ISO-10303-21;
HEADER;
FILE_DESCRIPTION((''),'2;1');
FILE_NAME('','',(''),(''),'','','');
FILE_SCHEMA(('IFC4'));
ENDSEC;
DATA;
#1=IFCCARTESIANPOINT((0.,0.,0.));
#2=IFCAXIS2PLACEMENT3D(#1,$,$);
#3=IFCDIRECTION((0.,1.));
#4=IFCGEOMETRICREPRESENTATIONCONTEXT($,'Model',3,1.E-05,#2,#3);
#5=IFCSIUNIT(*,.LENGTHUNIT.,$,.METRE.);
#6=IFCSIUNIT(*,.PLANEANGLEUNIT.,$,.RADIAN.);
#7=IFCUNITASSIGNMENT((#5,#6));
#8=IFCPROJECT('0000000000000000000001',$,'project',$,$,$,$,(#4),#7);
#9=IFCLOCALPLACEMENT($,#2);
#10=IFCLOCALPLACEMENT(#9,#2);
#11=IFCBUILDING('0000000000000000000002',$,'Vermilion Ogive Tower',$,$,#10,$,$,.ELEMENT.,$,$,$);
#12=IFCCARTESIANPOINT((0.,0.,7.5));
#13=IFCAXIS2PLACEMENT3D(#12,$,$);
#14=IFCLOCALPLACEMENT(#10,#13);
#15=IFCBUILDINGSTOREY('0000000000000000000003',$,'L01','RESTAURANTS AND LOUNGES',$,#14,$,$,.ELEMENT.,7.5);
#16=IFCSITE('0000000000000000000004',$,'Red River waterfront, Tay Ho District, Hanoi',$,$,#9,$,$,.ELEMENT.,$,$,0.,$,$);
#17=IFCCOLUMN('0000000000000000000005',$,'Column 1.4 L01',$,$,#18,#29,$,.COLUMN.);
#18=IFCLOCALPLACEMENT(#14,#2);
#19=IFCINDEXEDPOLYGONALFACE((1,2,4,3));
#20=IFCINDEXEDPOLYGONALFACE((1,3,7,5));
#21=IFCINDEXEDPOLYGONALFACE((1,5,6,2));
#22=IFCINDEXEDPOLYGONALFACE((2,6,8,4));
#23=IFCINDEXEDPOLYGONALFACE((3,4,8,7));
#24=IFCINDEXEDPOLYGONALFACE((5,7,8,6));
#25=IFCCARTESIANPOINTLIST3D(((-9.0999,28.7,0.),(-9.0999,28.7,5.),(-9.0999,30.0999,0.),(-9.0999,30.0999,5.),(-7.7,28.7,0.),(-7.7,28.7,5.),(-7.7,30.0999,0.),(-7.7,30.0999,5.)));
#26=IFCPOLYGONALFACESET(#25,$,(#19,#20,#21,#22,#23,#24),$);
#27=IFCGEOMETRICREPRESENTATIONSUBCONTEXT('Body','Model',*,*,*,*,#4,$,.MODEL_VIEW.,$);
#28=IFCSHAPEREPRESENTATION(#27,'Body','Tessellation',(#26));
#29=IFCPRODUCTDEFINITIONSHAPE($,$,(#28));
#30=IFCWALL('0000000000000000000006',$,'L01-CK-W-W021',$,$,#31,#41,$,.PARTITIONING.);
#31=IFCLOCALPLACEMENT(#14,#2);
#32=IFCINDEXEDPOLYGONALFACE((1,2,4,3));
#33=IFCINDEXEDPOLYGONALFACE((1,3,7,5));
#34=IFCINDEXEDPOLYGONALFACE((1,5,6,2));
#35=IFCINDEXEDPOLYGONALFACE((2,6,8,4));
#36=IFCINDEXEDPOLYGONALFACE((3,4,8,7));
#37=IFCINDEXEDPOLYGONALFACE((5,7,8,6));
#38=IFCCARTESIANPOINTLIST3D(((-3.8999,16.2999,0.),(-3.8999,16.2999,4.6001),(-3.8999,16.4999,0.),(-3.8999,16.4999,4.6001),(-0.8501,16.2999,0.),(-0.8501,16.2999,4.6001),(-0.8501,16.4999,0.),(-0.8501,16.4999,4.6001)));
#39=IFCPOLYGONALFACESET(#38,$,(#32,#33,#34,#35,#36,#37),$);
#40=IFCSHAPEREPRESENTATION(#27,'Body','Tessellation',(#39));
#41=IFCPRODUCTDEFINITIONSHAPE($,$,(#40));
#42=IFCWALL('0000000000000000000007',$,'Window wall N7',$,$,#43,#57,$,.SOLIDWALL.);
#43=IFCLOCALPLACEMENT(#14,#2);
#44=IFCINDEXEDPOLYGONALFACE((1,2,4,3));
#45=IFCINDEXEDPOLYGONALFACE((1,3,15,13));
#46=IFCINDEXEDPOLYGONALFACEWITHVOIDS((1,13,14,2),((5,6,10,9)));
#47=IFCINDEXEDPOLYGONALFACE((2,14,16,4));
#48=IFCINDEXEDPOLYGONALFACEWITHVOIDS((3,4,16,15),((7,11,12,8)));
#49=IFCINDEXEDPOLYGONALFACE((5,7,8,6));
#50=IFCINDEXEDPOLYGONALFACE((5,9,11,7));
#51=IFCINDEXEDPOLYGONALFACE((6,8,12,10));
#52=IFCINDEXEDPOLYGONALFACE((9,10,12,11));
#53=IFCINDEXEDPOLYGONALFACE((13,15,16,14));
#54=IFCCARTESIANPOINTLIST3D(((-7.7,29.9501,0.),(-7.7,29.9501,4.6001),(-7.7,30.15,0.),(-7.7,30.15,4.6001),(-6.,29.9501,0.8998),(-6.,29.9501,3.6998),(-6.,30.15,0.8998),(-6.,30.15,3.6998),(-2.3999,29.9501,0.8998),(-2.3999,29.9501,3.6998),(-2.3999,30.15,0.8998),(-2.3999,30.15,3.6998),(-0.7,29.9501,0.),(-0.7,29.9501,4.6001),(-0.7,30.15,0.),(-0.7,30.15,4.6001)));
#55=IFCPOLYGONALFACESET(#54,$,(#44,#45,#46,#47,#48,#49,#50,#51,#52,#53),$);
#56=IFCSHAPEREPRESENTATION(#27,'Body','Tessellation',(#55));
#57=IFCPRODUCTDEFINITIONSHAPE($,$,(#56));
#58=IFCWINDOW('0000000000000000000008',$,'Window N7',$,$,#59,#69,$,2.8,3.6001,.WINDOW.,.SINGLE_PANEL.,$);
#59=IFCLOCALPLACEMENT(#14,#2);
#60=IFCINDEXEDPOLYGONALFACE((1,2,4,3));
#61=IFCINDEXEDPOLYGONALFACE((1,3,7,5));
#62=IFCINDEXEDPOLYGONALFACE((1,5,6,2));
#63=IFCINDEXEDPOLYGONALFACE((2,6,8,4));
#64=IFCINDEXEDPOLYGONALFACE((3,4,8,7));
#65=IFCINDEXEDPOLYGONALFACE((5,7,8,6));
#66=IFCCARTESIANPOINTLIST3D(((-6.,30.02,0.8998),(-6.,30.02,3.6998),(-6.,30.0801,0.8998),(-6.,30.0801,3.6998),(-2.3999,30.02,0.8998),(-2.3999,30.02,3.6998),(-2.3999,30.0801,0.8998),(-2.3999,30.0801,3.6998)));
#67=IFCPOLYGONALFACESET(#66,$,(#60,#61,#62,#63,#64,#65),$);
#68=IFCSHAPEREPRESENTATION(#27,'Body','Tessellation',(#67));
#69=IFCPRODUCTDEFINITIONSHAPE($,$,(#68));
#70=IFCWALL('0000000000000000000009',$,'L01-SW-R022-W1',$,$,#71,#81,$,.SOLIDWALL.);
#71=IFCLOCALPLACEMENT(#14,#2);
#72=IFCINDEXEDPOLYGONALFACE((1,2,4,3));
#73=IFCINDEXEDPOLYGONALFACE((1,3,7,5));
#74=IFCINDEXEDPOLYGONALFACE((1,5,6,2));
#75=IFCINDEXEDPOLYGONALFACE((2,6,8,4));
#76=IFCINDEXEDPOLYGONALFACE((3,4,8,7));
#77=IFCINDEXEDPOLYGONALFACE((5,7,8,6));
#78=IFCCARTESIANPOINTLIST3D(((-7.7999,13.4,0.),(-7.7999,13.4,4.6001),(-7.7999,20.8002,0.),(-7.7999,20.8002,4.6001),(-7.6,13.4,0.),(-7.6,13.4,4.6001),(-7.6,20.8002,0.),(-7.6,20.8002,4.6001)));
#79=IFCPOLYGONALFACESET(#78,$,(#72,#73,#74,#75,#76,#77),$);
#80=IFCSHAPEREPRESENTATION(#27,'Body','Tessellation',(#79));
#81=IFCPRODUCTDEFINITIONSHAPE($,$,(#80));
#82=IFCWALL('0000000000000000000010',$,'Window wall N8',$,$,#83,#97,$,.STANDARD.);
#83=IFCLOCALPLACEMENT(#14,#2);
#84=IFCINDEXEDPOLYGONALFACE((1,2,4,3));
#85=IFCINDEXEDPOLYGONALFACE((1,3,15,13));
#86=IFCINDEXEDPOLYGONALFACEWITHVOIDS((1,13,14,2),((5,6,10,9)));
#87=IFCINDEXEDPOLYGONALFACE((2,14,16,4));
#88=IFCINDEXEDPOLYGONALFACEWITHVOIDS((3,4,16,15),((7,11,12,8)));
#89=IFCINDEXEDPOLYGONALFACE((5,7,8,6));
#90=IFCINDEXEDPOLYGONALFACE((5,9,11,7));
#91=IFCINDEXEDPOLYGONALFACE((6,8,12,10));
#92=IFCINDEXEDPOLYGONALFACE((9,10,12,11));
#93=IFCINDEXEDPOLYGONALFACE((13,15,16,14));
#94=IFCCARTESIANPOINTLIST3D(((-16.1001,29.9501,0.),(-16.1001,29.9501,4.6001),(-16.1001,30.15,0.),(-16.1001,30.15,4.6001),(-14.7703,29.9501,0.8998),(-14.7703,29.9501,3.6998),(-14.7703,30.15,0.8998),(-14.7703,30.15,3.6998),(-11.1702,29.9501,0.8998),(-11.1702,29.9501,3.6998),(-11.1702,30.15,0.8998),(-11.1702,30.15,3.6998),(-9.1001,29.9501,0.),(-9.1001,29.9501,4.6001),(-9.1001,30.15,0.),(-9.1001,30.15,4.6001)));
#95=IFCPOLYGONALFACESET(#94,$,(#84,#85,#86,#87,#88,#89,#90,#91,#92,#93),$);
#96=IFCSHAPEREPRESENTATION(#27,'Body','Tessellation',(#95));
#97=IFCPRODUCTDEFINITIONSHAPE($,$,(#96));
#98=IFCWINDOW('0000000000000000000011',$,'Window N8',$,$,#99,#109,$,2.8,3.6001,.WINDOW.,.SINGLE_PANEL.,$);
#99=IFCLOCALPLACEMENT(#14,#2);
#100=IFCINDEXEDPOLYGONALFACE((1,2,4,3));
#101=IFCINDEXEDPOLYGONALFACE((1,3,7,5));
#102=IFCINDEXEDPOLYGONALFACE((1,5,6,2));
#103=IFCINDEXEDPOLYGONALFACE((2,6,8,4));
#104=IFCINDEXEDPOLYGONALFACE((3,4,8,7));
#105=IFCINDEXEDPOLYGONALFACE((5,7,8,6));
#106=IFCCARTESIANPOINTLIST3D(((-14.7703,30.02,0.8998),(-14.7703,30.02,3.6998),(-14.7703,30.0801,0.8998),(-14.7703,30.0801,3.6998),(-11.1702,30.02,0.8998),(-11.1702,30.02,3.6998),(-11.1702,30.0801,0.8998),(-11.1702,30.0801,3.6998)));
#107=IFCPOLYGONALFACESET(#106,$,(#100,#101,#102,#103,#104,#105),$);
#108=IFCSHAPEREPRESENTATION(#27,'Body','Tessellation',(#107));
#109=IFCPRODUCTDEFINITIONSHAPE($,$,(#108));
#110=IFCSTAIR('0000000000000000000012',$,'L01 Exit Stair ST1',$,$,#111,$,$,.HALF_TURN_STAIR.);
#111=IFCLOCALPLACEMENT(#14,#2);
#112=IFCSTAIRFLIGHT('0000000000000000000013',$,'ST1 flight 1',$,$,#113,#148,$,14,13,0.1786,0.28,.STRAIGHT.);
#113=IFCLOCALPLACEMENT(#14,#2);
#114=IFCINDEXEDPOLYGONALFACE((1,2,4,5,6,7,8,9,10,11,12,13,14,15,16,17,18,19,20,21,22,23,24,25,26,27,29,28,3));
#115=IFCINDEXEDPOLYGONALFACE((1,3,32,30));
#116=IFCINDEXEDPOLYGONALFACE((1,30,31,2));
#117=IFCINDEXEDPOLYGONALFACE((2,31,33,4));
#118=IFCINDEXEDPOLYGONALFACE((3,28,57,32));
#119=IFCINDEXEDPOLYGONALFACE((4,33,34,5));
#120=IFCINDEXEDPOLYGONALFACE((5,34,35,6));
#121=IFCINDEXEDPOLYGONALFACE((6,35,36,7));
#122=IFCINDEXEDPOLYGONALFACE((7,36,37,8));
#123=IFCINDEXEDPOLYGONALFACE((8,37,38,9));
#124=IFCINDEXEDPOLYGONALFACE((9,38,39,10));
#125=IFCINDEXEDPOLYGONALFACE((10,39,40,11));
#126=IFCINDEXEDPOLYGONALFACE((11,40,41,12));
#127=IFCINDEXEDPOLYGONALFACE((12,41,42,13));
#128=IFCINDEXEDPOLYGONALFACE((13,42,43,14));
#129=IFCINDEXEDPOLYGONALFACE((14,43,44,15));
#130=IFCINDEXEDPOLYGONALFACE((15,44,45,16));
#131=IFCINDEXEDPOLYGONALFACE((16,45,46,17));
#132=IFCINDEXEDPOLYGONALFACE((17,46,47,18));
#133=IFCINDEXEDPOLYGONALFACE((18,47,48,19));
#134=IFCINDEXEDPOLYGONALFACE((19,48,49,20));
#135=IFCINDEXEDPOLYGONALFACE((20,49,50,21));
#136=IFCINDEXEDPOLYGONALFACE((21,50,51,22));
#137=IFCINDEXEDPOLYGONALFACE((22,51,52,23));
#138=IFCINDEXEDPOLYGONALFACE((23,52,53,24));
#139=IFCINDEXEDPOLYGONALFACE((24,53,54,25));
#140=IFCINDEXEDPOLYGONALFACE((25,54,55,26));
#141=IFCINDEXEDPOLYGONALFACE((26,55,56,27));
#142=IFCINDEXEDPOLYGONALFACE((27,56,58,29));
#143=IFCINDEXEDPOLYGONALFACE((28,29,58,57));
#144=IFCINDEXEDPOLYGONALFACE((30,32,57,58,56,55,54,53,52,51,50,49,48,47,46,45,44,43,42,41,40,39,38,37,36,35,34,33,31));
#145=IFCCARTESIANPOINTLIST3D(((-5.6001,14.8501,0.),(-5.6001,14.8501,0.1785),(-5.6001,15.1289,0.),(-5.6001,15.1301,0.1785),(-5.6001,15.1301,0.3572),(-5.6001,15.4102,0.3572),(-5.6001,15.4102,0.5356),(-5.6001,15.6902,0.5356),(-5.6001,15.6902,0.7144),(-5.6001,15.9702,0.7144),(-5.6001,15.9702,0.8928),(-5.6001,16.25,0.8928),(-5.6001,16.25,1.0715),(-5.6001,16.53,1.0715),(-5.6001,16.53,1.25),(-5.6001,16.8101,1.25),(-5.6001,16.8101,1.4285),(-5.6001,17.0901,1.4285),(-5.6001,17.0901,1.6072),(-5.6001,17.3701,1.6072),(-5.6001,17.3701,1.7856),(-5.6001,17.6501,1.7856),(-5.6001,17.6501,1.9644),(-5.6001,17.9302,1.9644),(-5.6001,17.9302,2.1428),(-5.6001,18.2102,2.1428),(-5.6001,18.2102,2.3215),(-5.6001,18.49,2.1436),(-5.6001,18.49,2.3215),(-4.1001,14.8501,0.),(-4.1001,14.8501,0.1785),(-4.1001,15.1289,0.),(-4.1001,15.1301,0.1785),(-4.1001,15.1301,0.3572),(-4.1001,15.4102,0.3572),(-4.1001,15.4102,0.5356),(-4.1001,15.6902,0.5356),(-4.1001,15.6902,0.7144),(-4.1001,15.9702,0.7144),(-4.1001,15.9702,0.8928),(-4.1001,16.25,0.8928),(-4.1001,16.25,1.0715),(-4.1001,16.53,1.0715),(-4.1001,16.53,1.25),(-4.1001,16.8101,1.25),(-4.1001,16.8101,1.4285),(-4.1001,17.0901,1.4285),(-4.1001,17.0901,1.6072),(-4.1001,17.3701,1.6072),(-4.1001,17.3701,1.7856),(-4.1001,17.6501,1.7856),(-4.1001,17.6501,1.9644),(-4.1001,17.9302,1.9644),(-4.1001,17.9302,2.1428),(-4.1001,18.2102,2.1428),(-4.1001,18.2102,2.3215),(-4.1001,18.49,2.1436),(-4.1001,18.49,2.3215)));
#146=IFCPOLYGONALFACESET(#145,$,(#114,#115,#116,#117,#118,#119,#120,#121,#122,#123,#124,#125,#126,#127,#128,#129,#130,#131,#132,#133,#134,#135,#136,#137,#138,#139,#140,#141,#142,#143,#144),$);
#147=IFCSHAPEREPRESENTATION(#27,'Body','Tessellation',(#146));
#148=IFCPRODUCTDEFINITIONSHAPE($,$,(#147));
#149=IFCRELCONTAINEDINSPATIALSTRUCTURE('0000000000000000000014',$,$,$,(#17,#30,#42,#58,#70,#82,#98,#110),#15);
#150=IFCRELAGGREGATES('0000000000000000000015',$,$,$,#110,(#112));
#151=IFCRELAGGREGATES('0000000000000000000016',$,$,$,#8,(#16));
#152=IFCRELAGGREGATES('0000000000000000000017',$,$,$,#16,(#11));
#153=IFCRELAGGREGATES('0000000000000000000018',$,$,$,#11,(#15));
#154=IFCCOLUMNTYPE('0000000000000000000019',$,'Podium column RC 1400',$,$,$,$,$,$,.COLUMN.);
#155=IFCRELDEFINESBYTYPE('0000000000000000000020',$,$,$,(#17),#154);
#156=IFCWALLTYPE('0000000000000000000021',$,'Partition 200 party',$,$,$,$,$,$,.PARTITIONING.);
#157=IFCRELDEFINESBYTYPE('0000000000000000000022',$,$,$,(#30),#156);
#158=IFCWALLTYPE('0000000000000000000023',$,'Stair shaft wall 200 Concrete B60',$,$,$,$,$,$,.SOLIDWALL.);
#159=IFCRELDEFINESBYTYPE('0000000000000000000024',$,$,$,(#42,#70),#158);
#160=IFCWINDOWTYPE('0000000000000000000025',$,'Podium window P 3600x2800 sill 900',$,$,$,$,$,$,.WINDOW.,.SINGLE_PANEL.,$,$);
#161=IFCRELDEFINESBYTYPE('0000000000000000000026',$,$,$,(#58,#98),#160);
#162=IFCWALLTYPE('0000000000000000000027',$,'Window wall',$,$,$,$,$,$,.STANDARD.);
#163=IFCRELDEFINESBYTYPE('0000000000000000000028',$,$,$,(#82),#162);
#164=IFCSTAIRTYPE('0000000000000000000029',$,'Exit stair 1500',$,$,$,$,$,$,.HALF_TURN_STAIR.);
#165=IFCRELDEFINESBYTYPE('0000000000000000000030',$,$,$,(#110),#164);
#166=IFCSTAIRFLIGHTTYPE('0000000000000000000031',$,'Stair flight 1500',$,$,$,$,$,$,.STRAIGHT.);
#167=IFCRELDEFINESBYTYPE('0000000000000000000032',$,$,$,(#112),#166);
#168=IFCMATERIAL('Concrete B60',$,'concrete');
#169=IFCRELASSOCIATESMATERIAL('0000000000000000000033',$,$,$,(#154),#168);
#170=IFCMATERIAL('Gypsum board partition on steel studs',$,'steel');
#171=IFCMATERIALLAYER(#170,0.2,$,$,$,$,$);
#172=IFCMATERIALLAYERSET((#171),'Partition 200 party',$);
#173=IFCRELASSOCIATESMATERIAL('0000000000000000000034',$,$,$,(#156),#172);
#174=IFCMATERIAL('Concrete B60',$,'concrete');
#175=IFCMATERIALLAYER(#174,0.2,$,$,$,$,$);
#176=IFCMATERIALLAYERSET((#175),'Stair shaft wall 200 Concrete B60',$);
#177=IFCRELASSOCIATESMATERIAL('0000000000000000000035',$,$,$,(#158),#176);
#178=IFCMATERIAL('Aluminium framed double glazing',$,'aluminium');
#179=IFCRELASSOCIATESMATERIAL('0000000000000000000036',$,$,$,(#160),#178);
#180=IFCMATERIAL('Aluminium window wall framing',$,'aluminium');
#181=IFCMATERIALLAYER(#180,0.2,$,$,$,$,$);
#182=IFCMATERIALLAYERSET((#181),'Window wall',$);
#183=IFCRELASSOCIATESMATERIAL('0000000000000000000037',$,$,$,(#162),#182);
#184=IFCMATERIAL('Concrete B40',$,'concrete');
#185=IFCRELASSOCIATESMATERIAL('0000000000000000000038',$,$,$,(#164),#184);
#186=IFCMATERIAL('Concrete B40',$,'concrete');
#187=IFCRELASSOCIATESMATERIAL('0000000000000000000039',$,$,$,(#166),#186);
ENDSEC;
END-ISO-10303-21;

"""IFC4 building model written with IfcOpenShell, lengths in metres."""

from ifc_helpers import new_model, si_unit, direction, frame, frame_2d, origin, origin_2d, place, context, subcontext, project, spatial, polyline, rectangle, outline, extrude, material, layer, layer_set, material_profile, profile_set, type_object, element, fill, aggregate, save


model = new_model("IFC4")

# Units and contexts
model_context = context("Model", 3, precision=1e-05, world=origin(), true_north=direction((0.0, 1.0)))
body_context = subcontext(model_context, "Body", "Model", "MODEL_VIEW")
ifc_project = project(units=[si_unit("LENGTHUNIT", "METRE"), si_unit("PLANEANGLEUNIT", "RADIAN")], contexts=[model_context])

# Site, building, storey
site_placement = place(None, origin())
site = spatial("IfcSite", under=ifc_project, at=site_placement, Name="Red River waterfront, Tay Ho District, Hanoi", CompositionType="ELEMENT", RefElevation=0.0)
building_placement = place(site_placement, origin())
building = spatial("IfcBuilding", under=site, at=building_placement, Name="Vermilion Ogive Tower", CompositionType="ELEMENT")
storey_placement = place(building_placement, frame((0.0, 0.0, 7.5)))
storey = spatial("IfcBuildingStorey", under=building, at=storey_placement, Name="L01", Description="RESTAURANTS AND LOUNGES", CompositionType="ELEMENT", Elevation=7.5)

# Column
ifc_material_1 = material(Name="Concrete B60", Category="concrete")
ifc_material_profile = material_profile(ifc_material_1, rectangle(XDim=1.3999, YDim=1.3999, at=origin_2d()), Name="RC 1400x1400")
ifc_profile_set = profile_set([ifc_material_profile], Name="Concrete B60")
column_type = type_object("IfcColumnType", Name="Podium column RC 1400", PredefinedType="COLUMN", material=ifc_profile_set)
column_placement = place(storey_placement, frame((-8.3999, 29.3999, 0.0), z_axis=(0.0, 0.0, 1.0), x_axis=(1.0, 0.0, 0.0)))
element("IfcColumn", 1, at=column_placement, inside=storey, type_object=column_type, Name="Column 1.4 L01", PredefinedType="COLUMN", context=body_context, shape_type="SweptSolid", body=[
    extrude(rectangle(XDim=1.3999, YDim=1.3999, at=origin_2d()), origin(), (0.0, 0.0, 1.0), 5.0),
])

# Wall
ifc_material_2 = material(Name="Gypsum board partition on steel studs", Category="steel")
ifc_layer_1 = layer(ifc_material_2, 0.2)
ifc_layer_set_1 = layer_set([ifc_layer_1], Name="Partition 200 party")
wall_type_1 = type_object("IfcWallType", Name="Partition 200 party", PredefinedType="PARTITIONING", material=ifc_layer_set_1)
wall_1_placement = place(storey_placement, frame((-3.8999, 16.3999, 0.0), z_axis=(0.0, 0.0, 1.0), x_axis=(1.0, 0.0, 0.0)))
element("IfcWall", 2, at=wall_1_placement, inside=storey, type_object=wall_type_1, Name="L01-CK-W-W021", PredefinedType="PARTITIONING", context=body_context, shape_type="SweptSolid", body=[
    extrude(rectangle(XDim=3.0498, YDim=0.2, at=frame_2d((1.5249, 0.0))), origin(), (0.0, 0.0, 1.0), 4.6001),
])

# Wall, opening, window
ifc_material_3 = material(Name="Concrete B60", Category="concrete")
ifc_layer_2 = layer(ifc_material_3, 0.2)
ifc_layer_set_2 = layer_set([ifc_layer_2], Name="Stair shaft wall 200 Concrete B60")
wall_type_2 = type_object("IfcWallType", Name="Stair shaft wall 200 Concrete B60", PredefinedType="SOLIDWALL", material=ifc_layer_set_2)
wall_2_placement = place(storey_placement, frame((-7.7, 30.05, 0.0), z_axis=(0.0, 0.0, 1.0), x_axis=(1.0, 0.0, 0.0)))
wall_2 = element("IfcWall", 3, at=wall_2_placement, inside=storey, type_object=wall_type_2, Name="Window wall N7", PredefinedType="SOLIDWALL", context=body_context, shape_type="SweptSolid", body=[
    extrude(rectangle(XDim=7.0, YDim=0.2, at=frame_2d((3.5, 0.0))), origin(), (0.0, 0.0, 1.0), 4.6001),
])
opening_1_placement = place(wall_2_placement, frame((1.7, 0.0, 0.8999)))
opening_1 = element("IfcOpeningElement", 4, at=opening_1_placement, cuts=wall_2, PredefinedType="OPENING", context=body_context, shape_type="SweptSolid", body=[
    extrude(rectangle(XDim=3.6001, YDim=2.8, at=frame_2d((1.8, 1.3999))), frame((0.0, 0.1099, 0.0), z_axis=(0.0, -1.0, 0.0), x_axis=(1.0, 0.0, 0.0)), (0.0, 0.0, 1.0), 0.22),
])
ifc_material_4 = material(Name="Aluminium framed double glazing", Category="aluminium")
window_type = type_object("IfcWindowType", Name="Podium window P 3600x2800 sill 900", PartitioningType="SINGLE_PANEL", PredefinedType="WINDOW", material=ifc_material_4)
window_1_placement = place(opening_1_placement, origin())
window_1 = element("IfcWindow", 5, at=window_1_placement, inside=storey, type_object=window_type, Name="Window N7", OverallHeight=2.8, OverallWidth=3.6001, PartitioningType="SINGLE_PANEL", PredefinedType="WINDOW", context=body_context, shape_type="SweptSolid", body=[
    extrude(rectangle(XDim=3.6001, YDim=2.8, at=frame_2d((1.8, 1.3999))), frame((0.0, 0.03, 0.0), z_axis=(0.0, -1.0, 0.0), x_axis=(1.0, 0.0, 0.0)), (0.0, 0.0, 1.0), 0.0601),
])
fill(opening_1, window_1)

# Wall
wall_3_placement = place(storey_placement, frame((-7.7, 13.3999, 0.0), z_axis=(0.0, 0.0, 1.0), x_axis=(0.0, 1.0, 0.0)))
element("IfcWall", 6, at=wall_3_placement, inside=storey, type_object=wall_type_2, Name="L01-SW-R022-W1", PredefinedType="SOLIDWALL", context=body_context, shape_type="SweptSolid", body=[
    extrude(rectangle(XDim=7.4001, YDim=0.2, at=frame_2d((3.7002, 0.0))), origin(), (0.0, 0.0, 1.0), 4.6001),
])

# Wall, opening, window
ifc_material_5 = material(Name="Aluminium window wall framing", Category="aluminium")
ifc_layer_3 = layer(ifc_material_5, 0.2)
ifc_layer_set_3 = layer_set([ifc_layer_3], Name="Window wall")
wall_type_3 = type_object("IfcWallType", Name="Window wall", PredefinedType="STANDARD", material=ifc_layer_set_3)
wall_4_placement = place(storey_placement, frame((-9.1001, 30.05, 0.0), z_axis=(0.0, 0.0, 1.0), x_axis=(-1.0, 0.0, 0.0)))
wall_4 = element("IfcWall", 7, at=wall_4_placement, inside=storey, type_object=wall_type_3, Name="Window wall N8", PredefinedType="STANDARD", context=body_context, shape_type="SweptSolid", body=[
    extrude(rectangle(XDim=7.0, YDim=0.2, at=frame_2d((3.5, 0.0))), origin(), (0.0, 0.0, 1.0), 4.6001),
])
opening_2_placement = place(wall_4_placement, frame((2.0701, 0.0, 0.8999)))
opening_2 = element("IfcOpeningElement", 8, at=opening_2_placement, cuts=wall_4, PredefinedType="OPENING", context=body_context, shape_type="SweptSolid", body=[
    extrude(rectangle(XDim=3.6001, YDim=2.8, at=frame_2d((1.8, 1.3999))), frame((0.0, 0.1099, 0.0), z_axis=(0.0, -1.0, 0.0), x_axis=(1.0, 0.0, 0.0)), (0.0, 0.0, 1.0), 0.22),
])
window_2_placement = place(opening_2_placement, origin())
window_2 = element("IfcWindow", 9, at=window_2_placement, inside=storey, type_object=window_type, Name="Window N8", OverallHeight=2.8, OverallWidth=3.6001, PartitioningType="SINGLE_PANEL", PredefinedType="WINDOW", context=body_context, shape_type="SweptSolid", body=[
    extrude(rectangle(XDim=3.6001, YDim=2.8, at=frame_2d((1.8, 1.3999))), frame((0.0, 0.03, 0.0), z_axis=(0.0, -1.0, 0.0), x_axis=(1.0, 0.0, 0.0)), (0.0, 0.0, 1.0), 0.0601),
])
fill(opening_2, window_2)

# Stair, stair flight
ifc_material_6 = material(Name="Concrete B40", Category="concrete")
stair_type = type_object("IfcStairType", Name="Exit stair 1500", PredefinedType="HALF_TURN_STAIR", material=ifc_material_6)
stair_placement = place(storey_placement, origin())
stair = element("IfcStair", 10, at=stair_placement, inside=storey, type_object=stair_type, Name="L01 Exit Stair ST1", PredefinedType="HALF_TURN_STAIR")
ifc_material_7 = material(Name="Concrete B40", Category="concrete")
stair_flight_type = type_object("IfcStairFlightType", Name="Stair flight 1500", PredefinedType="STRAIGHT", material=ifc_material_7)
stair_flight_1_placement = place(storey_placement, frame((-4.8501, 14.8501, 0.0), z_axis=(0.0, 0.0, 1.0), x_axis=(0.0, 1.0, 0.0)))
stair_flight_1 = element("IfcStairFlight", 11, at=stair_flight_1_placement, type_object=stair_flight_type, Name="ST1 flight 1", NumberOfRisers=14, NumberOfTreads=13, PredefinedType="STRAIGHT", RiserHeight=0.1786, TreadLength=0.28, context=body_context, shape_type="SweptSolid", body=[
    extrude(outline(polyline([(0.0, 0.0), (0.0, 0.1785), (0.28, 0.1785), (0.28, 0.3572), (0.5601, 0.3572), (0.5601, 0.5356), (0.8401, 0.5356), (0.8401, 0.7144), (1.1201, 0.7144), (1.1201, 0.8928), (1.3999, 0.8928), (1.3999, 1.0715), (1.6799, 1.0715), (1.6799, 1.25), (1.96, 1.25), (1.96, 1.4285), (2.24, 1.4285), (2.24, 1.6072), (2.52, 1.6072), (2.52, 1.7856), (2.8, 1.7856), (2.8, 1.9644), (3.0801, 1.9644), (3.0801, 2.1428), (3.3601, 2.1428), (3.3601, 2.3215), (3.6399, 2.3215), (3.6399, 2.5), (3.6399, 2.1436), (0.2788, 0.0), (0.0, 0.0)])), frame((0.0, 0.75, 0.0), z_axis=(0.0, -1.0, 0.0), x_axis=(1.0, 0.0, 0.0)), (0.0, 0.0, 1.0), 1.5),
])
aggregate(stair, [stair_flight_1])

save(model, "model.ifc")
